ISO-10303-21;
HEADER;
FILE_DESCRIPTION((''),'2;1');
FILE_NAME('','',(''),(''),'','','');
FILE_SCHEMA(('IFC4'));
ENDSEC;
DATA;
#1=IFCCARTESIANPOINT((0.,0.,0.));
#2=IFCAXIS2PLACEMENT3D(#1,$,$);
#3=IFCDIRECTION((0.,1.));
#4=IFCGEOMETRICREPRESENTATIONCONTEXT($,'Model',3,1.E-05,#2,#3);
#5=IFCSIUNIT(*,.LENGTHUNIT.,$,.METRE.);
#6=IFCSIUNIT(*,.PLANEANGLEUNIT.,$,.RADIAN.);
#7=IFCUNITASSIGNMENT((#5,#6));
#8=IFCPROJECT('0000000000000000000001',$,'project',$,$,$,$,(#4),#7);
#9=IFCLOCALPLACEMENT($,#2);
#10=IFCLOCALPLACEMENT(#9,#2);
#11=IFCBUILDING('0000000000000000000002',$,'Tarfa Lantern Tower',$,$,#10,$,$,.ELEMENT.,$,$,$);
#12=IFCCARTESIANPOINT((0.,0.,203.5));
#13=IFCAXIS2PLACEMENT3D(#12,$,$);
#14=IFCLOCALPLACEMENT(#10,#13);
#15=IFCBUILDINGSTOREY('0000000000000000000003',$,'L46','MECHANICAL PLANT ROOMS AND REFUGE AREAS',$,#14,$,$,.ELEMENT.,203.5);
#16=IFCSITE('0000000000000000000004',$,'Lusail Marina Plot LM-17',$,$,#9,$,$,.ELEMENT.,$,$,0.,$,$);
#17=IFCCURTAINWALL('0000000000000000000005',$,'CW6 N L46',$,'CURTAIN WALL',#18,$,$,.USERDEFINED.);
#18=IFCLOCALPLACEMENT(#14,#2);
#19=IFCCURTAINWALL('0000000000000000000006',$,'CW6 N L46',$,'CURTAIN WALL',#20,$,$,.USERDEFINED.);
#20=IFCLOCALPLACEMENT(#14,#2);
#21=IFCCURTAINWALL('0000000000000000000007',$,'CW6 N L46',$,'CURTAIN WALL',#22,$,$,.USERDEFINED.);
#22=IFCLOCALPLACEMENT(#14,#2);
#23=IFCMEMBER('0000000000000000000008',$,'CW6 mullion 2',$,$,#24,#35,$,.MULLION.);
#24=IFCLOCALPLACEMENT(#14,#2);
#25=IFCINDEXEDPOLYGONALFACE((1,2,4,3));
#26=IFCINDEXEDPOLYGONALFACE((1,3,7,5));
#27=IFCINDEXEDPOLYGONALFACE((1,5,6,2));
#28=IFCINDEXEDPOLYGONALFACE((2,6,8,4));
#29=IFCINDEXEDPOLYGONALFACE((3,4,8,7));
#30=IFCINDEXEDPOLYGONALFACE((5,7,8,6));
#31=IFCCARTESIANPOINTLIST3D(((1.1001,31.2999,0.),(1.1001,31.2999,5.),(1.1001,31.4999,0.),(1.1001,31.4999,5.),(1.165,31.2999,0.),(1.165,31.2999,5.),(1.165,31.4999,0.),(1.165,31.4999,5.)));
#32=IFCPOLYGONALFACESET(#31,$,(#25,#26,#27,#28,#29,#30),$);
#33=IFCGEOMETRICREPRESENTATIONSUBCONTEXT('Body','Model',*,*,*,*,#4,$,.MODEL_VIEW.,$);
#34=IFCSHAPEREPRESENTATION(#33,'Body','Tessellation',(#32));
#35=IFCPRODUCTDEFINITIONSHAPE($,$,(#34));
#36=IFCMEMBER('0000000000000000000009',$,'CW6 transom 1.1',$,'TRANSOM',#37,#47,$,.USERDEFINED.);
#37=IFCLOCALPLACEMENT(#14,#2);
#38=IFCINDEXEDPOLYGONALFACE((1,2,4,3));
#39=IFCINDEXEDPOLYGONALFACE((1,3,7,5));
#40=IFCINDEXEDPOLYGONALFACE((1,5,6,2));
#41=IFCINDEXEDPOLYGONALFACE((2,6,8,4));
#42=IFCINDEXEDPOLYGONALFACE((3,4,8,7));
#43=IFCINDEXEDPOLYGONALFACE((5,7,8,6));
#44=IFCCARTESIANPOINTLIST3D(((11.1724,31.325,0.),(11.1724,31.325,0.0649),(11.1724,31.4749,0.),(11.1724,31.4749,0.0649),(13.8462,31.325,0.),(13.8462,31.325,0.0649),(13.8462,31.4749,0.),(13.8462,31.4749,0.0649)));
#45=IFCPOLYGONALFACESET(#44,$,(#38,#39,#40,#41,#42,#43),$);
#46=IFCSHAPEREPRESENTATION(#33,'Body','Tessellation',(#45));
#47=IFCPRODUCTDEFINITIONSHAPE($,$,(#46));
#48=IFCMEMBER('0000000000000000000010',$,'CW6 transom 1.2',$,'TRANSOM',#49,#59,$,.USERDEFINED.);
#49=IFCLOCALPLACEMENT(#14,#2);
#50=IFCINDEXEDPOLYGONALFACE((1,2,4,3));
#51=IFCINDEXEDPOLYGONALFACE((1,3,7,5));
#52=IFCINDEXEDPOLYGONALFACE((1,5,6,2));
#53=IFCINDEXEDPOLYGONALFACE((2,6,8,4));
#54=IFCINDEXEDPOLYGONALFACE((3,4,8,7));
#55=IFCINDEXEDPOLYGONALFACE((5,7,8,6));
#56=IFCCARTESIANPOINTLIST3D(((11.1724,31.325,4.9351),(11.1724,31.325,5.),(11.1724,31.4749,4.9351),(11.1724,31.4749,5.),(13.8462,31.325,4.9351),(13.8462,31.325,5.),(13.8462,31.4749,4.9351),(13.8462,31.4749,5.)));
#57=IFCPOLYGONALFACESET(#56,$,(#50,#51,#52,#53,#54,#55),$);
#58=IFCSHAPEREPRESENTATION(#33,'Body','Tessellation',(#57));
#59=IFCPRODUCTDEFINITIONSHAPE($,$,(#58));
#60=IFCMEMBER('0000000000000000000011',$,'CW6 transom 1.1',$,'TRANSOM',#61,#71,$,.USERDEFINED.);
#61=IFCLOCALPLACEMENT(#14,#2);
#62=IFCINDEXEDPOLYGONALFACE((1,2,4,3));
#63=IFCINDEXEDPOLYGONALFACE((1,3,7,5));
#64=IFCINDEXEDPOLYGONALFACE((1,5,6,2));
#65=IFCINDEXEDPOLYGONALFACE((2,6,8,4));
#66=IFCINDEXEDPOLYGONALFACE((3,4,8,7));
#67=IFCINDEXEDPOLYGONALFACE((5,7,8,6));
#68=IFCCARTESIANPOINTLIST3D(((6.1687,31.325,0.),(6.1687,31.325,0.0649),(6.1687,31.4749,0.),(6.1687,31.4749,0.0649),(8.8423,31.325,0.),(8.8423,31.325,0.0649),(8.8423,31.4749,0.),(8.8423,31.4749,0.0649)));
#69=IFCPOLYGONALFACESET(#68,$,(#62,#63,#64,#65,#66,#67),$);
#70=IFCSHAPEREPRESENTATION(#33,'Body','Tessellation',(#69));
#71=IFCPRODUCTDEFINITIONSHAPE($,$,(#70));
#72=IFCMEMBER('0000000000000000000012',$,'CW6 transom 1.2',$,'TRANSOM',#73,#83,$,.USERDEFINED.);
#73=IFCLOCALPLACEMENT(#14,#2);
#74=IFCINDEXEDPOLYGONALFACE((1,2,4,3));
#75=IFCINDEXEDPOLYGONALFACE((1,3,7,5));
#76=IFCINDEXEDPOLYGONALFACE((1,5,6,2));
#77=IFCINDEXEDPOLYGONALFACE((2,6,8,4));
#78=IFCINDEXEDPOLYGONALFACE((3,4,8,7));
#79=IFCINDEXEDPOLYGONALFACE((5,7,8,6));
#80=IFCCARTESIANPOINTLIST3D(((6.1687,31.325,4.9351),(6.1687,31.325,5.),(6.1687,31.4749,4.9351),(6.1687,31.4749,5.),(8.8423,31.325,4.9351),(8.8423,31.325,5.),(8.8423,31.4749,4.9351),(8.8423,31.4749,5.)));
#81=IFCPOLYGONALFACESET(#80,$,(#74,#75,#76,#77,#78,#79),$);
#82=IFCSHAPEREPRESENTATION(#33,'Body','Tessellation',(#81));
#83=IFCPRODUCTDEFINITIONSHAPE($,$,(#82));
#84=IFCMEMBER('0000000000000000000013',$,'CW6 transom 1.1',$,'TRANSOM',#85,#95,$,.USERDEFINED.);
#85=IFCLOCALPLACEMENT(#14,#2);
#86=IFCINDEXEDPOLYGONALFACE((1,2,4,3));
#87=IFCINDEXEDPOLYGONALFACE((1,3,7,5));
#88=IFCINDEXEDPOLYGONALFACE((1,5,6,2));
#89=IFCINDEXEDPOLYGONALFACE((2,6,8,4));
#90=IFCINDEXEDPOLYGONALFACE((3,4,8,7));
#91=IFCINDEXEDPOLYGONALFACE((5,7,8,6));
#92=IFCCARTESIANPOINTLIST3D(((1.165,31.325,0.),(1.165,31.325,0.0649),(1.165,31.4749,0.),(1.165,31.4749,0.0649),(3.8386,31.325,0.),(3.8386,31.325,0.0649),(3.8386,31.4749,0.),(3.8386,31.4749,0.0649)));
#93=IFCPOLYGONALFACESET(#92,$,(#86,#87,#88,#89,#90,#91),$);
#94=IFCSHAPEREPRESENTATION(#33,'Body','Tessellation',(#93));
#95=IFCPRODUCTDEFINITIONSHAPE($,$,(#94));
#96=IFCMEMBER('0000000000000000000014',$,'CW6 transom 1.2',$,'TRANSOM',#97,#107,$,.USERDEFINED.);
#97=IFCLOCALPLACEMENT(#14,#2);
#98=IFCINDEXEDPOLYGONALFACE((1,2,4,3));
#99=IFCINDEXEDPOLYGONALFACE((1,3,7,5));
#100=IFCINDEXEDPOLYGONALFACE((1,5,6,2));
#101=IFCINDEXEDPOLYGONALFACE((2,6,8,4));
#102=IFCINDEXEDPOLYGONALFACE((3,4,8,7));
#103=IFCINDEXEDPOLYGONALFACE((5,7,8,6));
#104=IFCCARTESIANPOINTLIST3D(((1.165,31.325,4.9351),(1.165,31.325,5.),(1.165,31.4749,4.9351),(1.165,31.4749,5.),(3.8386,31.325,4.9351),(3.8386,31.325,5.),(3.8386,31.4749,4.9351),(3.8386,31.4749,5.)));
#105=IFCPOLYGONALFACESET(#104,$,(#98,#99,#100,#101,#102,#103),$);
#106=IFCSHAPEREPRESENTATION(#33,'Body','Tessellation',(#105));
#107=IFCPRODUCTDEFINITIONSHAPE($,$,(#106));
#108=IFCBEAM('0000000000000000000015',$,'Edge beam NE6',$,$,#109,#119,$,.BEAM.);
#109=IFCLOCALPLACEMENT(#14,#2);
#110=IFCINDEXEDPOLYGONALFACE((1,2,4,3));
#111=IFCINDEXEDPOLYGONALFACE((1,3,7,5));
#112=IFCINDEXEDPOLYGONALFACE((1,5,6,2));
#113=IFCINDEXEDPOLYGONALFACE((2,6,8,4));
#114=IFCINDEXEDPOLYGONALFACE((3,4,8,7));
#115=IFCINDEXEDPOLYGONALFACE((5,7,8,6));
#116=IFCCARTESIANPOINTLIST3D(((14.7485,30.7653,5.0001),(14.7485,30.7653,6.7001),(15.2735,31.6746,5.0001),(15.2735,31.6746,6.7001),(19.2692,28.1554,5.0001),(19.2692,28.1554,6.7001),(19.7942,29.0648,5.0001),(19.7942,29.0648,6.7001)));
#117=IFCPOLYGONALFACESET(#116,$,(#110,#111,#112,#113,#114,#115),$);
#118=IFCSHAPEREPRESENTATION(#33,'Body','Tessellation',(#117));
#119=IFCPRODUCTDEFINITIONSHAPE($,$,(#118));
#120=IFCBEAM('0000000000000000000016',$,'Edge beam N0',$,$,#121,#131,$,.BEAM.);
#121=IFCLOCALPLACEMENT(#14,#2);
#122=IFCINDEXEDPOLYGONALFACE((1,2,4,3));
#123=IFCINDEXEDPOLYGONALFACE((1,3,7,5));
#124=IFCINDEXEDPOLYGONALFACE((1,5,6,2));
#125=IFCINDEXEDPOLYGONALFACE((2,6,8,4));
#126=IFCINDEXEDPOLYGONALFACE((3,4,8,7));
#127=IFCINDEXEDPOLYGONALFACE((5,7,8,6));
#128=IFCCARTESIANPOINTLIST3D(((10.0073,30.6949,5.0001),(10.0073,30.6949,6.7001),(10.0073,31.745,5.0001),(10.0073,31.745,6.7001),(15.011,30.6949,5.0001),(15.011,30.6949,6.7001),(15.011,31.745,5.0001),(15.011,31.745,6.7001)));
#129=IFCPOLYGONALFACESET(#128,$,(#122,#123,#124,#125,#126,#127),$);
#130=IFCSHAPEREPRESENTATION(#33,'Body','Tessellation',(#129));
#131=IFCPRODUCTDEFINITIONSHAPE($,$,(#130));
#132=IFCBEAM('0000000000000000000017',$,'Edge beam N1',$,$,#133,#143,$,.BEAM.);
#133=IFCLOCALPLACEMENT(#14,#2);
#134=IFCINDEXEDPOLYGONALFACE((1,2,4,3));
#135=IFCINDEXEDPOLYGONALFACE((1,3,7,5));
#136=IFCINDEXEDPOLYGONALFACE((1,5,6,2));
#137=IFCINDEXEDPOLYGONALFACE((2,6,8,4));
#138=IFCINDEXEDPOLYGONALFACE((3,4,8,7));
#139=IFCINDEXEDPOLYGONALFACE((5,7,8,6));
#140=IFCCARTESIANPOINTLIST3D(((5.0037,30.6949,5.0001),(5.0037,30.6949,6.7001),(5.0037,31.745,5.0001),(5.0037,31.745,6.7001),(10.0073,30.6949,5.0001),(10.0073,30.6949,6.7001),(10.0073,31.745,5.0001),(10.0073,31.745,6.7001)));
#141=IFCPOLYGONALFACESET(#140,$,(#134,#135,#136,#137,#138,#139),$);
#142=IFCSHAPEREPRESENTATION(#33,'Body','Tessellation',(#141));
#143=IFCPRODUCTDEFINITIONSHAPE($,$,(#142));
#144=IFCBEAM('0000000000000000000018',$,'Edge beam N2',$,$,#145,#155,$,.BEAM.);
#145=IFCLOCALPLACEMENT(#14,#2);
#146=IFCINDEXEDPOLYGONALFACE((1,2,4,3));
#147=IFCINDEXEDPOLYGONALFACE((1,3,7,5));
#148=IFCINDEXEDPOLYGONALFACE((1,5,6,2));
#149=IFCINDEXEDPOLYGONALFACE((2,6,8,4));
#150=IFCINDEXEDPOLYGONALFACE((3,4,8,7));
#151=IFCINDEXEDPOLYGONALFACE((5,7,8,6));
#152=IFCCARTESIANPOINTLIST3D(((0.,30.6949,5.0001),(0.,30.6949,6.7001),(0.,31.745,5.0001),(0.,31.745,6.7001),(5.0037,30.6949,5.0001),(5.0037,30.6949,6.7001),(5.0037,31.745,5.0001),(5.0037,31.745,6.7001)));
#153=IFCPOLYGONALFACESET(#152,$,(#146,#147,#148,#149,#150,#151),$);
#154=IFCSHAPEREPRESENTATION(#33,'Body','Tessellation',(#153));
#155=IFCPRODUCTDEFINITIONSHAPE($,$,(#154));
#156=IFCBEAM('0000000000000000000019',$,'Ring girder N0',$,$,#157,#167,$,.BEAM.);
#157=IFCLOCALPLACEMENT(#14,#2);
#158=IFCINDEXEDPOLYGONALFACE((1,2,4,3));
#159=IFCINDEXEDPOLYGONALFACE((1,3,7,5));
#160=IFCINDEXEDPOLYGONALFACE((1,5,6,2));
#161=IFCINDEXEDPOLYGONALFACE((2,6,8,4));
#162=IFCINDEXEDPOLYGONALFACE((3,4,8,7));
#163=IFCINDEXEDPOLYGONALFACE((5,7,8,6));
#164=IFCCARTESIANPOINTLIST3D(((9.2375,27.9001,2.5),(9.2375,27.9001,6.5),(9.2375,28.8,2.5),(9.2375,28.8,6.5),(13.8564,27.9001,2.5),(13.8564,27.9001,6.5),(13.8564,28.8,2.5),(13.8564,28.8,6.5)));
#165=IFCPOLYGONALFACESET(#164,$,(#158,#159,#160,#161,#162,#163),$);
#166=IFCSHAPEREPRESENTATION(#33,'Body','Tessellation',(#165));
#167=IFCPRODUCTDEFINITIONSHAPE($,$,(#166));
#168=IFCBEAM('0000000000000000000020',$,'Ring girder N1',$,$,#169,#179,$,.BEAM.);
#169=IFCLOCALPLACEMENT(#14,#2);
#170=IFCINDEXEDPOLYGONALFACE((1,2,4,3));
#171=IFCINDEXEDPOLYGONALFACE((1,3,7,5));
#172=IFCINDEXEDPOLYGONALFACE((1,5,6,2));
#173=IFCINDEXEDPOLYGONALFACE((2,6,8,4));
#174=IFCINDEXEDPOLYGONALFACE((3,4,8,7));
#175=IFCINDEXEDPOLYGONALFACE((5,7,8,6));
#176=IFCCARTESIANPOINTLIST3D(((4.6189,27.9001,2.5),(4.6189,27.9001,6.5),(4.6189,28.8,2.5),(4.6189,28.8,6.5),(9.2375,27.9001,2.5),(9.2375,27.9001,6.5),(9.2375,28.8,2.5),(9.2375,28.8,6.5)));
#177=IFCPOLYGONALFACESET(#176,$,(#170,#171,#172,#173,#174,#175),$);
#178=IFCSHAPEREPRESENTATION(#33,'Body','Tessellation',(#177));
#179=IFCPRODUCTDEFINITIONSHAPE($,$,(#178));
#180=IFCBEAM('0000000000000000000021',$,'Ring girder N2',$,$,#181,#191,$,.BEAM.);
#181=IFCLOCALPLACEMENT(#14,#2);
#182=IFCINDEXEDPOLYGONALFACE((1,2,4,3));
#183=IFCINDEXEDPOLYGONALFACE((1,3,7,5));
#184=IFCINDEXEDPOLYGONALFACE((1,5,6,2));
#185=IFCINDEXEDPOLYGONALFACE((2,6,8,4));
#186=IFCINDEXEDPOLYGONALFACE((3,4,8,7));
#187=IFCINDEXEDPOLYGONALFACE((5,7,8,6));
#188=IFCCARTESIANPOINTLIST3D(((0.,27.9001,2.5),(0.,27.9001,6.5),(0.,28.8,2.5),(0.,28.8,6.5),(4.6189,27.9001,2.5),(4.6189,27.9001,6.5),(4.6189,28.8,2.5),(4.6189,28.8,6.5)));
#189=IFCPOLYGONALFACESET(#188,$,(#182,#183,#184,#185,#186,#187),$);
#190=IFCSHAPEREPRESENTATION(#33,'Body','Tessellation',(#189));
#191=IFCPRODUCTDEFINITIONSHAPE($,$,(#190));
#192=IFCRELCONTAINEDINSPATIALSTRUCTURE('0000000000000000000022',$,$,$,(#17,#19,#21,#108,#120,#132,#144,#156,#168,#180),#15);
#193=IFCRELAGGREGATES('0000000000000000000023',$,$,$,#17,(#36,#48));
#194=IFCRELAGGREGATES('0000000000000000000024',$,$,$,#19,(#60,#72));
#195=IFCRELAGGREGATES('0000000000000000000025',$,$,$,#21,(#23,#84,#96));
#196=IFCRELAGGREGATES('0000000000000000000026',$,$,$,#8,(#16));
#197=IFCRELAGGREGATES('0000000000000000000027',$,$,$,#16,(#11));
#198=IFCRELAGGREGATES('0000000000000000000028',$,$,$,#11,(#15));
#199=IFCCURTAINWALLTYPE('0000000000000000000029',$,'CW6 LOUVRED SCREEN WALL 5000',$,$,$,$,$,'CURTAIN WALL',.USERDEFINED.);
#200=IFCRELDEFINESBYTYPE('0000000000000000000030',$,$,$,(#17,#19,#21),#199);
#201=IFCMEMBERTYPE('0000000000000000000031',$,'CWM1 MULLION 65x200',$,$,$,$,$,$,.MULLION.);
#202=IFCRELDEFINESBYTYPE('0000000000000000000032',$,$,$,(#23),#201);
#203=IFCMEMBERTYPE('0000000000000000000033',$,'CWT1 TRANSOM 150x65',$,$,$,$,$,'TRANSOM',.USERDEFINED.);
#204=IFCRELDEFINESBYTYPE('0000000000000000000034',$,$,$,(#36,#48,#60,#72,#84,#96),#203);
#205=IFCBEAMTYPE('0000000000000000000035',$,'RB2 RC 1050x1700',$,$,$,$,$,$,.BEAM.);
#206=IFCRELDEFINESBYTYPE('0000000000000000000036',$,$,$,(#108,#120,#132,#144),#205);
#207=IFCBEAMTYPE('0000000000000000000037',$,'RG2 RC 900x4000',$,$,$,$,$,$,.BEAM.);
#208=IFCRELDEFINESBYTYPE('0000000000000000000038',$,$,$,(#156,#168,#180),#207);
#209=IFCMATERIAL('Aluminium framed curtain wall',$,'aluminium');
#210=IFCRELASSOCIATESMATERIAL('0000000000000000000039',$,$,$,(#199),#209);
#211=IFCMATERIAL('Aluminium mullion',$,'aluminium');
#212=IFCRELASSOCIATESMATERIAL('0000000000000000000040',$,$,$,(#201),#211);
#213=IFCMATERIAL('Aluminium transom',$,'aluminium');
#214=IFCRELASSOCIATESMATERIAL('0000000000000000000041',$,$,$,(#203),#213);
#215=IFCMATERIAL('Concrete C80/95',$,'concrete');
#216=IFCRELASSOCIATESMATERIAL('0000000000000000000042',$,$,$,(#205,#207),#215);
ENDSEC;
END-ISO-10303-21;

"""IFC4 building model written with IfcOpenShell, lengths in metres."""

from ifc_helpers import new_model, si_unit, direction, frame, origin, origin_2d, place, context, subcontext, project, spatial, rectangle, extrude, material, material_profile, profile_set, type_object, element, aggregate, save


model = new_model("IFC4")

# Units and contexts
model_context = context("Model", 3, precision=1e-05, world=origin(), true_north=direction((0.0, 1.0)))
body_context = subcontext(model_context, "Body", "Model", "MODEL_VIEW")
ifc_project = project(units=[si_unit("LENGTHUNIT", "METRE"), si_unit("PLANEANGLEUNIT", "RADIAN")], contexts=[model_context])

# Site, building, storey
site_placement = place(None, origin())
site = spatial("IfcSite", under=ifc_project, at=site_placement, Name="Lusail Marina Plot LM-17", CompositionType="ELEMENT", RefElevation=0.0)
building_placement = place(site_placement, origin())
building = spatial("IfcBuilding", under=site, at=building_placement, Name="Tarfa Lantern Tower", CompositionType="ELEMENT")
storey_placement = place(building_placement, frame((0.0, 0.0, 203.5)))
storey = spatial("IfcBuildingStorey", under=building, at=storey_placement, Name="L46", Description="MECHANICAL PLANT ROOMS AND REFUGE AREAS", CompositionType="ELEMENT", Elevation=203.5)

# Shared definitions
ifc_material_1 = material(Name="Concrete C80/95", Category="concrete")

# Curtain walls, member
ifc_material_2 = material(Name="Aluminium framed curtain wall", Category="aluminium")
curtain_wall_type = type_object("IfcCurtainWallType", Name="CW6 LOUVRED SCREEN WALL 5000", ElementType="CURTAIN WALL", PredefinedType="USERDEFINED", material=ifc_material_2)
curtain_wall_1_placement = place(storey_placement, origin())
curtain_wall_1 = element("IfcCurtainWall", 1, at=curtain_wall_1_placement, inside=storey, type_object=curtain_wall_type, Name="CW6 N L46", ObjectType="CURTAIN WALL", PredefinedType="USERDEFINED")
ifc_material_3 = material(Name="Aluminium mullion", Category="aluminium")
ifc_material_profile_1 = material_profile(ifc_material_3, rectangle(XDim=0.0649, YDim=0.2, at=origin_2d()), Name="AL MULLION 65x200")
ifc_profile_set_1 = profile_set([ifc_material_profile_1], Name="Aluminium mullion")
member_type_1 = type_object("IfcMemberType", Name="CWM1 MULLION 65x200", PredefinedType="MULLION", material=ifc_profile_set_1)
curtain_wall_2_placement = place(storey_placement, origin())
curtain_wall_2 = element("IfcCurtainWall", 2, at=curtain_wall_2_placement, inside=storey, type_object=curtain_wall_type, Name="CW6 N L46", ObjectType="CURTAIN WALL", PredefinedType="USERDEFINED")
curtain_wall_3_placement = place(storey_placement, origin())
curtain_wall_3 = element("IfcCurtainWall", 3, at=curtain_wall_3_placement, inside=storey, type_object=curtain_wall_type, Name="CW6 N L46", ObjectType="CURTAIN WALL", PredefinedType="USERDEFINED")
member_1_placement = place(storey_placement, frame((1.1326, 31.3999, 0.0), z_axis=(0.0, 0.0, 1.0), x_axis=(1.0, 0.0, 0.0)))
member_1 = element("IfcMember", 4, at=member_1_placement, type_object=member_type_1, Name="CW6 mullion 2", PredefinedType="MULLION", context=body_context, shape_type="SweptSolid", body=[
    extrude(rectangle(XDim=0.0649, YDim=0.2, at=origin_2d()), origin(), (0.0, 0.0, 1.0), 5.0),
])

# Members
ifc_material_4 = material(Name="Aluminium transom", Category="aluminium")
ifc_material_profile_2 = material_profile(ifc_material_4, rectangle(XDim=0.1499, YDim=0.0649, at=origin_2d()), Name="AL TRANSOM 150x65")
ifc_profile_set_2 = profile_set([ifc_material_profile_2], Name="Aluminium transom")
member_type_2 = type_object("IfcMemberType", Name="CWT1 TRANSOM 150x65", ElementType="TRANSOM", PredefinedType="USERDEFINED", material=ifc_profile_set_2)
member_2_placement = place(storey_placement, frame((13.8462, 31.3999, 0.0325), z_axis=(-1.0, 0.0, 0.0), x_axis=(0.0, -1.0, 0.0)))
member_2 = element("IfcMember", 5, at=member_2_placement, type_object=member_type_2, Name="CW6 transom 1.1", ObjectType="TRANSOM", PredefinedType="USERDEFINED", context=body_context, shape_type="SweptSolid", body=[
    extrude(rectangle(XDim=0.1499, YDim=0.0649, at=origin_2d()), origin(), (0.0, 0.0, 1.0), 2.6738),
])
member_3_placement = place(storey_placement, frame((13.8462, 31.3999, 4.9675), z_axis=(-1.0, 0.0, 0.0), x_axis=(0.0, -1.0, 0.0)))
member_3 = element("IfcMember", 6, at=member_3_placement, type_object=member_type_2, Name="CW6 transom 1.2", ObjectType="TRANSOM", PredefinedType="USERDEFINED", context=body_context, shape_type="SweptSolid", body=[
    extrude(rectangle(XDim=0.1499, YDim=0.0649, at=origin_2d()), origin(), (0.0, 0.0, 1.0), 2.6738),
])
member_4_placement = place(storey_placement, frame((8.8423, 31.3999, 0.0325), z_axis=(-1.0, 0.0, 0.0), x_axis=(0.0, -1.0, 0.0)))
member_4 = element("IfcMember", 7, at=member_4_placement, type_object=member_type_2, Name="CW6 transom 1.1", ObjectType="TRANSOM", PredefinedType="USERDEFINED", context=body_context, shape_type="SweptSolid", body=[
    extrude(rectangle(XDim=0.1499, YDim=0.0649, at=origin_2d()), origin(), (0.0, 0.0, 1.0), 2.6736),
])
member_5_placement = place(storey_placement, frame((8.8423, 31.3999, 4.9675), z_axis=(-1.0, 0.0, 0.0), x_axis=(0.0, -1.0, 0.0)))
member_5 = element("IfcMember", 8, at=member_5_placement, type_object=member_type_2, Name="CW6 transom 1.2", ObjectType="TRANSOM", PredefinedType="USERDEFINED", context=body_context, shape_type="SweptSolid", body=[
    extrude(rectangle(XDim=0.1499, YDim=0.0649, at=origin_2d()), origin(), (0.0, 0.0, 1.0), 2.6736),
])
member_6_placement = place(storey_placement, frame((3.8386, 31.3999, 0.0325), z_axis=(-1.0, 0.0, 0.0), x_axis=(0.0, -1.0, 0.0)))
member_6 = element("IfcMember", 9, at=member_6_placement, type_object=member_type_2, Name="CW6 transom 1.1", ObjectType="TRANSOM", PredefinedType="USERDEFINED", context=body_context, shape_type="SweptSolid", body=[
    extrude(rectangle(XDim=0.1499, YDim=0.0649, at=origin_2d()), origin(), (0.0, 0.0, 1.0), 2.6736),
])
member_7_placement = place(storey_placement, frame((3.8386, 31.3999, 4.9675), z_axis=(-1.0, 0.0, 0.0), x_axis=(0.0, -1.0, 0.0)))
member_7 = element("IfcMember", 10, at=member_7_placement, type_object=member_type_2, Name="CW6 transom 1.2", ObjectType="TRANSOM", PredefinedType="USERDEFINED", context=body_context, shape_type="SweptSolid", body=[
    extrude(rectangle(XDim=0.1499, YDim=0.0649, at=origin_2d()), origin(), (0.0, 0.0, 1.0), 2.6736),
])

# Beams
ifc_material_profile_3 = material_profile(ifc_material_1, rectangle(XDim=1.05, YDim=1.7, at=origin_2d()), Name="RC 1050x1700")
ifc_profile_set_3 = profile_set([ifc_material_profile_3], Name="Concrete C80/95")
beam_type_1 = type_object("IfcBeamType", Name="RB2 RC 1050x1700", PredefinedType="BEAM", material=ifc_profile_set_3)
beam_1_placement = place(storey_placement, frame((19.5317, 28.6101, 5.8501), z_axis=(-0.866042, 0.499972, 0.0), x_axis=(-0.499972, -0.866042, 0.0)))
element("IfcBeam", 11, at=beam_1_placement, inside=storey, type_object=beam_type_1, Name="Edge beam NE6", PredefinedType="BEAM", context=body_context, shape_type="SweptSolid", body=[
    extrude(rectangle(XDim=1.05, YDim=1.7, at=origin_2d()), origin(), (0.0, 0.0, 1.0), 5.22),
])
for number, where, z_axis, x_axis, name in (
    (12, (15.011, 31.22, 5.8501), (-1.0, 0.0, 0.0), (0.0, -1.0, 0.0), "Edge beam N0"),
    (13, (10.0073, 31.22, 5.8501), (-1.0, 0.0, 0.0), (0.0, -1.0, 0.0), "Edge beam N1"),
    (14, (5.0037, 31.22, 5.8501), (-1.0, 0.0, 0.0), (0.0, -1.0, 0.0), "Edge beam N2"),
):
    element("IfcBeam", number, at=place(storey_placement, frame(where, z_axis=z_axis, x_axis=x_axis)), inside=storey, type_object=beam_type_1, Name=name, PredefinedType="BEAM", context=body_context, shape_type="SweptSolid", body=[
        extrude(rectangle(XDim=1.05, YDim=1.7, at=origin_2d()), origin(), (0.0, 0.0, 1.0), 5.0037),
    ])
ifc_material_profile_4 = material_profile(ifc_material_1, rectangle(XDim=0.8999, YDim=4.0, at=origin_2d()), Name="RC 900x4000")
ifc_profile_set_4 = profile_set([ifc_material_profile_4], Name="Concrete C80/95")
beam_type_2 = type_object("IfcBeamType", Name="RG2 RC 900x4000", PredefinedType="BEAM", material=ifc_profile_set_4)
beam_2_placement = place(storey_placement, frame((13.8564, 28.3501, 4.5), z_axis=(-1.0, 0.0, 0.0), x_axis=(0.0, -1.0, 0.0)))
element("IfcBeam", 15, at=beam_2_placement, inside=storey, type_object=beam_type_2, Name="Ring girder N0", PredefinedType="BEAM", context=body_context, shape_type="SweptSolid", body=[
    extrude(rectangle(XDim=0.8999, YDim=4.0, at=origin_2d()), origin(), (0.0, 0.0, 1.0), 4.6189),
])
beam_3_placement = place(storey_placement, frame((9.2375, 28.3501, 4.5), z_axis=(-1.0, 0.0, 0.0), x_axis=(0.0, -1.0, 0.0)))
element("IfcBeam", 16, at=beam_3_placement, inside=storey, type_object=beam_type_2, Name="Ring girder N1", PredefinedType="BEAM", context=body_context, shape_type="SweptSolid", body=[
    extrude(rectangle(XDim=0.8999, YDim=4.0, at=origin_2d()), origin(), (0.0, 0.0, 1.0), 4.6187),
])
beam_4_placement = place(storey_placement, frame((4.6189, 28.3501, 4.5), z_axis=(-1.0, 0.0, 0.0), x_axis=(0.0, -1.0, 0.0)))
element("IfcBeam", 17, at=beam_4_placement, inside=storey, type_object=beam_type_2, Name="Ring girder N2", PredefinedType="BEAM", context=body_context, shape_type="SweptSolid", body=[
    extrude(rectangle(XDim=0.8999, YDim=4.0, at=origin_2d()), origin(), (0.0, 0.0, 1.0), 4.6189),
])

aggregate(curtain_wall_1, [member_2, member_3])
aggregate(curtain_wall_2, [member_4, member_5])
aggregate(curtain_wall_3, [member_1, member_6, member_7])

save(model, "model.ifc")
